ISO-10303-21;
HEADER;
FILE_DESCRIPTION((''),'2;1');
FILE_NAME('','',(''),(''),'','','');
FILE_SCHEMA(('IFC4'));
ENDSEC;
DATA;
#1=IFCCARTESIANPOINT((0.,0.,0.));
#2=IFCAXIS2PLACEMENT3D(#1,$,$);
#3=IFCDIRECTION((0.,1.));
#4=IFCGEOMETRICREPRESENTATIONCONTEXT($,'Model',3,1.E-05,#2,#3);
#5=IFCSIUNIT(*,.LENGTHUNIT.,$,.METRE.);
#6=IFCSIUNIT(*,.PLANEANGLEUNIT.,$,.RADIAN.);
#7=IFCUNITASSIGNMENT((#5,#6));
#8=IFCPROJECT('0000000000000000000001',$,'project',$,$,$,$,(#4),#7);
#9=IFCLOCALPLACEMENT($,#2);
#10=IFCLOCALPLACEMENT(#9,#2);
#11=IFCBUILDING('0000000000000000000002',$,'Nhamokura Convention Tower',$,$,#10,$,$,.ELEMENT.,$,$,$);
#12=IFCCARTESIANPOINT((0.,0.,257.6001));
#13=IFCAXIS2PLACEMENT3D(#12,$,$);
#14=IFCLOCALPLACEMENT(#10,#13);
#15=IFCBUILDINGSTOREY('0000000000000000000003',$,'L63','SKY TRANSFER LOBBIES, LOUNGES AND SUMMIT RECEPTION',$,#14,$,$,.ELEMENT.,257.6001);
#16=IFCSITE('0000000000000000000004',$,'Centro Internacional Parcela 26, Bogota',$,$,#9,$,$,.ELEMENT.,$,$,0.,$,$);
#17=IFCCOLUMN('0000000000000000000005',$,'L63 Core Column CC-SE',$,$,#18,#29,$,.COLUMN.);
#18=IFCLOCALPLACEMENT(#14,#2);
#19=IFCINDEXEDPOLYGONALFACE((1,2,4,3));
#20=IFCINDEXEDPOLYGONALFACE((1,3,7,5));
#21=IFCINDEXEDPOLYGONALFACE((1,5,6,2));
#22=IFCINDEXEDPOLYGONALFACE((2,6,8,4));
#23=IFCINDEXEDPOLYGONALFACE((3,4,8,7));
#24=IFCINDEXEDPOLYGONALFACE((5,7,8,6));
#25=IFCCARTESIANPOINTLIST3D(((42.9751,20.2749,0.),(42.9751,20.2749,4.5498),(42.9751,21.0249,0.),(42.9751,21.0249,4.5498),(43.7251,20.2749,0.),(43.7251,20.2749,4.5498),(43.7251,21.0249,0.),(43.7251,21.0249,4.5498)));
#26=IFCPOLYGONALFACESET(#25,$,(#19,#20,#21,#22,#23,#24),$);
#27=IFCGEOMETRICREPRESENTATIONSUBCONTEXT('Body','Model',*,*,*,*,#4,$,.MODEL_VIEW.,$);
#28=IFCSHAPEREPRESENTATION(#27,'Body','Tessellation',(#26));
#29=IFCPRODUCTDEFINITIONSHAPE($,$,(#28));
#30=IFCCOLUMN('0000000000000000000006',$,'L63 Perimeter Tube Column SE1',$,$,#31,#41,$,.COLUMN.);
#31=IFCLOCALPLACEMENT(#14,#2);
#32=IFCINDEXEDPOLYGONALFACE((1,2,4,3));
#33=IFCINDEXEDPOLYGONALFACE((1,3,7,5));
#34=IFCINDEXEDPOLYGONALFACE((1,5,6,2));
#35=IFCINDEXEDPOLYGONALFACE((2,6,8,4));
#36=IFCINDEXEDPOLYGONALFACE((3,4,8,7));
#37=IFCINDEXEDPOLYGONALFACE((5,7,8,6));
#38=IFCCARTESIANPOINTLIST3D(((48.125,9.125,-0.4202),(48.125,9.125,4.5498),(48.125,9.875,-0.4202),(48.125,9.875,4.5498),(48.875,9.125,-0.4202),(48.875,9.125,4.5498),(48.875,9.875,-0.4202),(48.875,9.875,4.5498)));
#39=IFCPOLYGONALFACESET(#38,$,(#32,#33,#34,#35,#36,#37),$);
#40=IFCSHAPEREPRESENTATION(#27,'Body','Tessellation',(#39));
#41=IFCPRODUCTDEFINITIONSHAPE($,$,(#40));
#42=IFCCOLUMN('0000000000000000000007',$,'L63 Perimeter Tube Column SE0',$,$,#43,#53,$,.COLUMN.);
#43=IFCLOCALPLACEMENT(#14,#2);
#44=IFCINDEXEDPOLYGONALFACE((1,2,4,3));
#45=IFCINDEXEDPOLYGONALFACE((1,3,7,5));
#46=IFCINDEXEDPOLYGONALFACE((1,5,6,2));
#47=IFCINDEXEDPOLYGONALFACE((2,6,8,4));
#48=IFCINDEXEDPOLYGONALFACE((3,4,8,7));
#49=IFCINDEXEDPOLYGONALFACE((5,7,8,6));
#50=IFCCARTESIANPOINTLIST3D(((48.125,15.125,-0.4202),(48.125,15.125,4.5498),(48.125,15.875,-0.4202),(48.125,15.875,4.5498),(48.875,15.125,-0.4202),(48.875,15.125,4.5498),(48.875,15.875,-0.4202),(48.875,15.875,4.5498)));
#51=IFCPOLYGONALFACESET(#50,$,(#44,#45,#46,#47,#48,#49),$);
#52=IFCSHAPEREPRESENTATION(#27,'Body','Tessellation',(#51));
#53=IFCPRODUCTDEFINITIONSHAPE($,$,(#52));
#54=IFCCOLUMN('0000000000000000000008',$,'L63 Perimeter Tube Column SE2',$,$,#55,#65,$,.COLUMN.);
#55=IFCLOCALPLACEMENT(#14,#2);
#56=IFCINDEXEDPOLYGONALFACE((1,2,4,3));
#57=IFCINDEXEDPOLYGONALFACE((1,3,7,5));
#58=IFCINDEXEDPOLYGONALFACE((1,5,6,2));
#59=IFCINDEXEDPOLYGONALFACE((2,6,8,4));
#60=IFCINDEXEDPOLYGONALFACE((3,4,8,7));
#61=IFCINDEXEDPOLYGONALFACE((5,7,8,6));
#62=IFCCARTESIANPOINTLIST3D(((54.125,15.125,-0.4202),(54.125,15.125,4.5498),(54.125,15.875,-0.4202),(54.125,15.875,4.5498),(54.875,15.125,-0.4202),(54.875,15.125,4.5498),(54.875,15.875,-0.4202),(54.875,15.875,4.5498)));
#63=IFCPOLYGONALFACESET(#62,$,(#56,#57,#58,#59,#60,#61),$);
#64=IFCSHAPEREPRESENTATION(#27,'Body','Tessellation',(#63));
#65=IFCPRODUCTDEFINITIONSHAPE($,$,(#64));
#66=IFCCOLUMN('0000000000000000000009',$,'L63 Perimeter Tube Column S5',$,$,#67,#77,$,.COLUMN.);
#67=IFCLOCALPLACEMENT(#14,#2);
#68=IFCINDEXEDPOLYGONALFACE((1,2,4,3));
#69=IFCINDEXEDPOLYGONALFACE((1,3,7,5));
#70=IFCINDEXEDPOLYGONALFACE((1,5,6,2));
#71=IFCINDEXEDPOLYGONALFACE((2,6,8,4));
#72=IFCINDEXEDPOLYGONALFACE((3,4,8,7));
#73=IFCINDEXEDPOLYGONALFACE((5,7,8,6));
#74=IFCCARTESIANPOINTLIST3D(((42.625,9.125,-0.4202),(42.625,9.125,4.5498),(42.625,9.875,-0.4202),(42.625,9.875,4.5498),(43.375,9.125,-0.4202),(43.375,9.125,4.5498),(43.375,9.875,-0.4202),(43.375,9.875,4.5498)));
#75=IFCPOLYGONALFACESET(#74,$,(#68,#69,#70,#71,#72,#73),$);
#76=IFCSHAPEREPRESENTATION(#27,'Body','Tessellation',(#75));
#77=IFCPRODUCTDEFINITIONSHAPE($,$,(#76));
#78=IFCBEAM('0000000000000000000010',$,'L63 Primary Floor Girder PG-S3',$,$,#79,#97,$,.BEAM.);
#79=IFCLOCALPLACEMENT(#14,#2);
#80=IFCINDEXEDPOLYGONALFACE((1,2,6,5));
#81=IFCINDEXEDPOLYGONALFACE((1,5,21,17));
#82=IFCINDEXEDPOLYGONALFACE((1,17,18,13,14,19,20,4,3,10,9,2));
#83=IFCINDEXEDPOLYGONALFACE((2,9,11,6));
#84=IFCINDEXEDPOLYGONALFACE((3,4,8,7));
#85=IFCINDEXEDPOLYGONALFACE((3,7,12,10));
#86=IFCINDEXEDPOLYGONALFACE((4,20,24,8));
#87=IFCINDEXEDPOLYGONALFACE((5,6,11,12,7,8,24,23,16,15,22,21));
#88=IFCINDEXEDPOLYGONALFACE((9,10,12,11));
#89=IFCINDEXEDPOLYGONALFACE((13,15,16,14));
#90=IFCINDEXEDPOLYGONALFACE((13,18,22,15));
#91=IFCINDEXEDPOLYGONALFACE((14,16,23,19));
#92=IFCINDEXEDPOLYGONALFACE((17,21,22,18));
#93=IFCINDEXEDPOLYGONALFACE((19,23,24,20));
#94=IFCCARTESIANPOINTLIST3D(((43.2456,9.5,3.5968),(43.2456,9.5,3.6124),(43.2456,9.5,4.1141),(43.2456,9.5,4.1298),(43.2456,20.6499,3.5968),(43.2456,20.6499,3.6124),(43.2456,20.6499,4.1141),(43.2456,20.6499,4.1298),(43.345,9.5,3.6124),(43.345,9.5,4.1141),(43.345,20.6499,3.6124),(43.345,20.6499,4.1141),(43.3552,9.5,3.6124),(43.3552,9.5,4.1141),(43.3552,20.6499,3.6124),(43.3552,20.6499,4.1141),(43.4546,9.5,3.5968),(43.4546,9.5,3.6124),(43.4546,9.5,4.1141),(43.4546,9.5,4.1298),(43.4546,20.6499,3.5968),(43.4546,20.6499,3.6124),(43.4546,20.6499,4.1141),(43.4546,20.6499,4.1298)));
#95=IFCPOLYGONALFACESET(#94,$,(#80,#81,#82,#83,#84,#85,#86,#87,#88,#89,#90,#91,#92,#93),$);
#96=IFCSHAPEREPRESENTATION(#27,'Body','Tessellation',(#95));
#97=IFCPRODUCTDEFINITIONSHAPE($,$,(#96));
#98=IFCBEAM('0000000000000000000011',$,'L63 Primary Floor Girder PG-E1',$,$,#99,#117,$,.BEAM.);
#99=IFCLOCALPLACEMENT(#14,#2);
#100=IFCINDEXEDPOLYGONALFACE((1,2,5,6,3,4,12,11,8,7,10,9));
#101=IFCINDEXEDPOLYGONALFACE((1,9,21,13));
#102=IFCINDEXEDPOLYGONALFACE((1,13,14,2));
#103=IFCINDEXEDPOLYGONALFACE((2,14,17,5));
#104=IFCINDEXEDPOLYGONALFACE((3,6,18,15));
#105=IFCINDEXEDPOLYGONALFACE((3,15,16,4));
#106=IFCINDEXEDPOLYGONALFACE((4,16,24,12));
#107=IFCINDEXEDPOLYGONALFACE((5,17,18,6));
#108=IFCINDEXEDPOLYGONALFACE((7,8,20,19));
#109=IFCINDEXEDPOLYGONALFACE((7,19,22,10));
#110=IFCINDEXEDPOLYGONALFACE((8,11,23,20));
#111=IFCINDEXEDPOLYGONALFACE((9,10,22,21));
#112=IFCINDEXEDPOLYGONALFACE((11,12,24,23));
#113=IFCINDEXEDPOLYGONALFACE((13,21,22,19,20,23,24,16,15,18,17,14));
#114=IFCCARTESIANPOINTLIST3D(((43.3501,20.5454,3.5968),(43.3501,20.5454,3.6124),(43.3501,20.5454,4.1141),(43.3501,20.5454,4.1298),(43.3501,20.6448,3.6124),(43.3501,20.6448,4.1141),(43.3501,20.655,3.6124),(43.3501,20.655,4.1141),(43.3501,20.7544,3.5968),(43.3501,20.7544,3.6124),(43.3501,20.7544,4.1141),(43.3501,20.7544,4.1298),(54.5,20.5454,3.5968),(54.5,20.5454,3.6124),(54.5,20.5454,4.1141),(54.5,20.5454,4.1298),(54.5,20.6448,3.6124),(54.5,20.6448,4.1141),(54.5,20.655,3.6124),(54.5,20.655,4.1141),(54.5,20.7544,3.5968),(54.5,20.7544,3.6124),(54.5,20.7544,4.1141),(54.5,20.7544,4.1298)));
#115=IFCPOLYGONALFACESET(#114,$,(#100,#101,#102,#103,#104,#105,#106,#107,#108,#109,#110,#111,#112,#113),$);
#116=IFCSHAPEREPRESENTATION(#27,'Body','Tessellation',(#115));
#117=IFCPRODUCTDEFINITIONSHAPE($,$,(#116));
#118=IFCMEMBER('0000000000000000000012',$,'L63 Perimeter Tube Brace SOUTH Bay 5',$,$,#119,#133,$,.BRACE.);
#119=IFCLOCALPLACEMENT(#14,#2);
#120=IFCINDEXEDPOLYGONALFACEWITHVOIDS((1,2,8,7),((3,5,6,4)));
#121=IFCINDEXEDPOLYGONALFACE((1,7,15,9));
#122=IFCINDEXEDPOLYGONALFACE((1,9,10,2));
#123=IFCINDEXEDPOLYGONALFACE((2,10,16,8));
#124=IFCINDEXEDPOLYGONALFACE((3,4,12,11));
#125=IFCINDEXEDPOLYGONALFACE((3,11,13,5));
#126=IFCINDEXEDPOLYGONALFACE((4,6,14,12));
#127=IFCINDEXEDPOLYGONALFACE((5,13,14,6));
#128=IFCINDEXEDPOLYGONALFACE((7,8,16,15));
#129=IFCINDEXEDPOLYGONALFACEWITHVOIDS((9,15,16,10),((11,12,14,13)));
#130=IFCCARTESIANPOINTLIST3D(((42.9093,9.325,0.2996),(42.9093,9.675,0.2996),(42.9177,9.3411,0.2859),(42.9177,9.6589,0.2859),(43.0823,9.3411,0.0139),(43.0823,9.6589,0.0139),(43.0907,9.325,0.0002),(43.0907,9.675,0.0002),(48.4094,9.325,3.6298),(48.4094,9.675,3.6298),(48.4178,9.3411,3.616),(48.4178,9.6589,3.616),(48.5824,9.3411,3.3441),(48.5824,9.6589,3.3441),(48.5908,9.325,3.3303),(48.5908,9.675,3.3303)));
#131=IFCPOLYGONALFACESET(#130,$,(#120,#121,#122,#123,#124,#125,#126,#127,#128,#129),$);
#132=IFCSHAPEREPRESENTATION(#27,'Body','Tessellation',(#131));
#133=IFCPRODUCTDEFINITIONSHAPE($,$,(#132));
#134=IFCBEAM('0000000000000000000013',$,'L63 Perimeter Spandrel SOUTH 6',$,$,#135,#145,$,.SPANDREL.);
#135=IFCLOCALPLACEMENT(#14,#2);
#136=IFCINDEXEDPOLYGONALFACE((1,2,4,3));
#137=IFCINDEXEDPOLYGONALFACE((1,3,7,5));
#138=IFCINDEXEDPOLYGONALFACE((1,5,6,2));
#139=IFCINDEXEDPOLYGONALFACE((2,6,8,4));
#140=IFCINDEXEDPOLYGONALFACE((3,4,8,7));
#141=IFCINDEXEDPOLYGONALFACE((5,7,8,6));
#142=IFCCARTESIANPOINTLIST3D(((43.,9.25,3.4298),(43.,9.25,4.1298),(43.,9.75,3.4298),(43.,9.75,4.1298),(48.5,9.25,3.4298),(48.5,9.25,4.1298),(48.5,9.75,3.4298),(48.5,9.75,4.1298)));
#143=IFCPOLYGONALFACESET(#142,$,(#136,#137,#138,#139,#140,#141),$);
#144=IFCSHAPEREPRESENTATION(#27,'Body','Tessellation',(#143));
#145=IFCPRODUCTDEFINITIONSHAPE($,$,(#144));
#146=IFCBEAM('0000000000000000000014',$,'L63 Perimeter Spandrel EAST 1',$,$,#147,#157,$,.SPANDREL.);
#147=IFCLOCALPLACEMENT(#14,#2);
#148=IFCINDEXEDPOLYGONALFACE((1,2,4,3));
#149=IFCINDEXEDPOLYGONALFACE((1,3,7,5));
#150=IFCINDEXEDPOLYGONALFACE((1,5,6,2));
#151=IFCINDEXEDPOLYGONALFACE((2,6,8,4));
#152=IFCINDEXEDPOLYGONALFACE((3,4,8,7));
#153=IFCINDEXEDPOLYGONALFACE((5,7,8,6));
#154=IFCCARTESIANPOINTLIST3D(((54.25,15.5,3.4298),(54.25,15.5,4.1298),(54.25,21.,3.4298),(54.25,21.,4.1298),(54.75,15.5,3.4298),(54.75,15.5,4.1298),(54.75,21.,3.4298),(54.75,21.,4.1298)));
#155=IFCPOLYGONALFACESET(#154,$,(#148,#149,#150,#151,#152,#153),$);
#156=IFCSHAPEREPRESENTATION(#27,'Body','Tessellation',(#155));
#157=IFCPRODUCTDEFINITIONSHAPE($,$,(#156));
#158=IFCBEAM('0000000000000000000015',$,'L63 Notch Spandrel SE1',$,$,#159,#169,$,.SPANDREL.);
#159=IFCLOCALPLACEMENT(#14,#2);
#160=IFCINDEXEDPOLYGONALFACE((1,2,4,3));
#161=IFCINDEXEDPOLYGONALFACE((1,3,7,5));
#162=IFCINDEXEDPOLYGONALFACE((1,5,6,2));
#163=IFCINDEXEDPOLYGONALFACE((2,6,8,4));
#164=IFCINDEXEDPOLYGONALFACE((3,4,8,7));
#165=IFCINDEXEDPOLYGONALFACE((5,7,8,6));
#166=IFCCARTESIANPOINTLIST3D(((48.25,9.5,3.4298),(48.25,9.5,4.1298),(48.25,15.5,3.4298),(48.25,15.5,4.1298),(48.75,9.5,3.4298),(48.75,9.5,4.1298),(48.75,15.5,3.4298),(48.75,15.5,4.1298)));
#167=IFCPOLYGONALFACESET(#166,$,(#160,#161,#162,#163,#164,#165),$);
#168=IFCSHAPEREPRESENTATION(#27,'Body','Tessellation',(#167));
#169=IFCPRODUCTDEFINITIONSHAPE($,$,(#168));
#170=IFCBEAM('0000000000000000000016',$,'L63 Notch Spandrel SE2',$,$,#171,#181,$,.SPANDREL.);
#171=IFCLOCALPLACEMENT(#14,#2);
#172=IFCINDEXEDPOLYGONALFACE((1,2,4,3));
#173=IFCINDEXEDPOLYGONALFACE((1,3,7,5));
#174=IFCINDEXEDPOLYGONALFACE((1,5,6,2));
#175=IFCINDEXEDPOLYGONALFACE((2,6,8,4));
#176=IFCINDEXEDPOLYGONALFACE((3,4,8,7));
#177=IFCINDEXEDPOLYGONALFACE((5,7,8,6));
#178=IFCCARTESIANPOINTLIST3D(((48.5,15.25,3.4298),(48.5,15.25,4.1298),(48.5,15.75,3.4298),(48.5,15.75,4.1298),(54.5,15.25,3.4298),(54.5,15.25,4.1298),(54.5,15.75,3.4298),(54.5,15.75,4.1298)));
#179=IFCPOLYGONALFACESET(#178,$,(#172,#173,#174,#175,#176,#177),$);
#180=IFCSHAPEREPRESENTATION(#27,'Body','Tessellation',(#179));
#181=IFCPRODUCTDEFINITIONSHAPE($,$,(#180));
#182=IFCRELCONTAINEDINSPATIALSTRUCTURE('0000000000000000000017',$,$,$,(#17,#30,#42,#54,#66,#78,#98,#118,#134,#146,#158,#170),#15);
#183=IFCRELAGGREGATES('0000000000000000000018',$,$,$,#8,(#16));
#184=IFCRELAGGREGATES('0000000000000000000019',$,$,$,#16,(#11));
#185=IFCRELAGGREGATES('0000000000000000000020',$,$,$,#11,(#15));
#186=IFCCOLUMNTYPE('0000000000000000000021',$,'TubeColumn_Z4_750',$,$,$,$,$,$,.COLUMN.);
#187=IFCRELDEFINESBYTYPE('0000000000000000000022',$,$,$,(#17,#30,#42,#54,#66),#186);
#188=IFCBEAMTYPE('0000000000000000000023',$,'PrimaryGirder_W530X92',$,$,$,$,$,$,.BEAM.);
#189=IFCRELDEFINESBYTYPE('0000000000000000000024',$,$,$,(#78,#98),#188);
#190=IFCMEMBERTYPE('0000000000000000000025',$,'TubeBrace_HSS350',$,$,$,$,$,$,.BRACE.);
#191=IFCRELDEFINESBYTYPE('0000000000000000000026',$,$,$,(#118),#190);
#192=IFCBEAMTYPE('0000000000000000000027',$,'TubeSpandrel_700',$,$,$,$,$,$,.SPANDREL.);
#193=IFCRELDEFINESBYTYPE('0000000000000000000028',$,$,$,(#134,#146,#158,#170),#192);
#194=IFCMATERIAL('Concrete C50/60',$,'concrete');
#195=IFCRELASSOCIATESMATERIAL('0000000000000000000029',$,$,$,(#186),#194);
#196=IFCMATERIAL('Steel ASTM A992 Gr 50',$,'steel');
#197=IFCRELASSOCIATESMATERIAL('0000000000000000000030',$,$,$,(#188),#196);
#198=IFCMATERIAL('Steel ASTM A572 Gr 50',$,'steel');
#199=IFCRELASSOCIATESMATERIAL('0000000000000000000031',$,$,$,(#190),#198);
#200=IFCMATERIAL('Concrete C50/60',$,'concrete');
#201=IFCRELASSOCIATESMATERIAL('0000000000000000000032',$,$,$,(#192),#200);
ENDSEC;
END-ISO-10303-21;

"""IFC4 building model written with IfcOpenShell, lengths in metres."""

from ifc_helpers import new_model, si_unit, direction, frame, origin, origin_2d, place, context, subcontext, project, spatial, rectangle, hollow_rectangle, i_section, extrude, material, material_profile, profile_set, type_object, element, save


model = new_model("IFC4")

# Units and contexts
model_context = context("Model", 3, precision=1e-05, world=origin(), true_north=direction((0.0, 1.0)))
body_context = subcontext(model_context, "Body", "Model", "MODEL_VIEW")
ifc_project = project(units=[si_unit("LENGTHUNIT", "METRE"), si_unit("PLANEANGLEUNIT", "RADIAN")], contexts=[model_context])

# Site, building, storey
site_placement = place(None, origin())
site = spatial("IfcSite", under=ifc_project, at=site_placement, Name="Centro Internacional Parcela 26, Bogota", CompositionType="ELEMENT", RefElevation=0.0)
building_placement = place(site_placement, origin())
building = spatial("IfcBuilding", under=site, at=building_placement, Name="Nhamokura Convention Tower", CompositionType="ELEMENT")
storey_placement = place(building_placement, frame((0.0, 0.0, 257.6001)))
storey = spatial("IfcBuildingStorey", under=building, at=storey_placement, Name="L63", Description="SKY TRANSFER LOBBIES, LOUNGES AND SUMMIT RECEPTION", CompositionType="ELEMENT", Elevation=257.6001)

# Columns
ifc_material_1 = material(Name="Concrete C50/60", Category="concrete")
ifc_material_profile_1 = material_profile(ifc_material_1, rectangle(XDim=0.75, YDim=0.75, at=origin_2d()))
ifc_profile_set_1 = profile_set([ifc_material_profile_1], Name="Concrete C50/60")
column_type = type_object("IfcColumnType", Name="TubeColumn_Z4_750", PredefinedType="COLUMN", material=ifc_profile_set_1)
column_placement = place(storey_placement, frame((43.3501, 20.6499, 0.0), z_axis=(0.0, 0.0, 1.0), x_axis=(1.0, 0.0, 0.0)))
element("IfcColumn", 1, at=column_placement, inside=storey, type_object=column_type, Name="L63 Core Column CC-SE", PredefinedType="COLUMN", context=body_context, shape_type="SweptSolid", body=[
    extrude(rectangle(XDim=0.75, YDim=0.75, at=origin_2d()), origin(), (0.0, 0.0, 1.0), 4.5498),
])
for number, where, z_axis, x_axis, name in (
    (2, (48.5, 9.5, -0.4202), (0.0, 0.0, 1.0), (1.0, 0.0, 0.0), "L63 Perimeter Tube Column SE1"),
    (3, (48.5, 15.5, -0.4202), (0.0, 0.0, 1.0), (1.0, 0.0, 0.0), "L63 Perimeter Tube Column SE0"),
    (4, (54.5, 15.5, -0.4202), (0.0, 0.0, 1.0), (1.0, 0.0, 0.0), "L63 Perimeter Tube Column SE2"),
    (5, (43.0, 9.5, -0.4202), (0.0, 0.0, 1.0), (1.0, 0.0, 0.0), "L63 Perimeter Tube Column S5"),
):
    element("IfcColumn", number, at=place(storey_placement, frame(where, z_axis=z_axis, x_axis=x_axis)), inside=storey, type_object=column_type, Name=name, PredefinedType="COLUMN", context=body_context, shape_type="SweptSolid", body=[
        extrude(rectangle(XDim=0.75, YDim=0.75, at=origin_2d()), origin(), (0.0, 0.0, 1.0), 4.97),
    ])

# Beams
ifc_material_2 = material(Name="Steel ASTM A992 Gr 50", Category="steel")
ifc_material_profile_2 = material_profile(ifc_material_2, i_section(OverallWidth=0.209, OverallDepth=0.533, WebThickness=0.0103, FlangeThickness=0.0156, at=origin_2d()))
ifc_profile_set_2 = profile_set([ifc_material_profile_2], Name="Steel ASTM A992 Gr 50")
beam_type_1 = type_object("IfcBeamType", Name="PrimaryGirder_W530X92", PredefinedType="BEAM", material=ifc_profile_set_2)
for number, where, z_axis, x_axis, name in (
    (6, (43.3501, 9.5, 3.8633), (0.0, 1.0, 0.0), (-1.0, 0.0, 0.0), "L63 Primary Floor Girder PG-S3"),
    (7, (43.3501, 20.6499, 3.8633), (1.0, 0.0, 0.0), (0.0, 1.0, 0.0), "L63 Primary Floor Girder PG-E1"),
):
    element("IfcBeam", number, at=place(storey_placement, frame(where, z_axis=z_axis, x_axis=x_axis)), inside=storey, type_object=beam_type_1, Name=name, PredefinedType="BEAM", context=body_context, shape_type="SweptSolid", body=[
        extrude(i_section(OverallWidth=0.209, OverallDepth=0.533, WebThickness=0.0103, FlangeThickness=0.0156, at=origin_2d()), origin(), (0.0, 0.0, 1.0), 11.1499),
    ])

# Member
ifc_material_3 = material(Name="Steel ASTM A572 Gr 50", Category="steel")
ifc_material_profile_3 = material_profile(ifc_material_3, hollow_rectangle(XDim=0.3501, YDim=0.3501, WallThickness=0.0161, at=origin_2d()))
ifc_profile_set_3 = profile_set([ifc_material_profile_3], Name="Steel ASTM A572 Gr 50")
member_type = type_object("IfcMemberType", Name="TubeBrace_HSS350", PredefinedType="BRACE", material=ifc_profile_set_3)
member_placement = place(storey_placement, frame((43.0, 9.5, 0.1499), z_axis=(0.855422, 0.0, 0.517931), x_axis=(0.0, 1.0, 0.0)))
element("IfcMember", 8, at=member_placement, inside=storey, type_object=member_type, Name="L63 Perimeter Tube Brace SOUTH Bay 5", PredefinedType="BRACE", context=body_context, shape_type="SweptSolid", body=[
    extrude(hollow_rectangle(XDim=0.3501, YDim=0.3501, WallThickness=0.0161, at=origin_2d()), origin(), (0.0, 0.0, 1.0), 6.4297),
])

# Beams
ifc_material_4 = material(Name="Concrete C50/60", Category="concrete")
ifc_material_profile_4 = material_profile(ifc_material_4, rectangle(XDim=0.5, YDim=0.7, at=origin_2d()))
ifc_profile_set_4 = profile_set([ifc_material_profile_4], Name="Concrete C50/60")
beam_type_2 = type_object("IfcBeamType", Name="TubeSpandrel_700", PredefinedType="SPANDREL", material=ifc_profile_set_4)
for number, where, z_axis, x_axis, name in (
    (9, (43.0, 9.5, 3.7798), (1.0, 0.0, 0.0), (0.0, 1.0, 0.0), "L63 Perimeter Spandrel SOUTH 6"),
    (10, (54.5, 15.5, 3.7798), (0.0, 1.0, 0.0), (-1.0, 0.0, 0.0), "L63 Perimeter Spandrel EAST 1"),
):
    element("IfcBeam", number, at=place(storey_placement, frame(where, z_axis=z_axis, x_axis=x_axis)), inside=storey, type_object=beam_type_2, Name=name, PredefinedType="SPANDREL", context=body_context, shape_type="SweptSolid", body=[
        extrude(rectangle(XDim=0.5, YDim=0.7, at=origin_2d()), origin(), (0.0, 0.0, 1.0), 5.5),
    ])
for number, where, z_axis, x_axis, name in (
    (11, (48.5, 9.5, 3.7798), (0.0, 1.0, 0.0), (-1.0, 0.0, 0.0), "L63 Notch Spandrel SE1"),
    (12, (48.5, 15.5, 3.7798), (1.0, 0.0, 0.0), (0.0, 1.0, 0.0), "L63 Notch Spandrel SE2"),
):
    element("IfcBeam", number, at=place(storey_placement, frame(where, z_axis=z_axis, x_axis=x_axis)), inside=storey, type_object=beam_type_2, Name=name, PredefinedType="SPANDREL", context=body_context, shape_type="SweptSolid", body=[
        extrude(rectangle(XDim=0.5, YDim=0.7, at=origin_2d()), origin(), (0.0, 0.0, 1.0), 6.0),
    ])

save(model, "model.ifc")
